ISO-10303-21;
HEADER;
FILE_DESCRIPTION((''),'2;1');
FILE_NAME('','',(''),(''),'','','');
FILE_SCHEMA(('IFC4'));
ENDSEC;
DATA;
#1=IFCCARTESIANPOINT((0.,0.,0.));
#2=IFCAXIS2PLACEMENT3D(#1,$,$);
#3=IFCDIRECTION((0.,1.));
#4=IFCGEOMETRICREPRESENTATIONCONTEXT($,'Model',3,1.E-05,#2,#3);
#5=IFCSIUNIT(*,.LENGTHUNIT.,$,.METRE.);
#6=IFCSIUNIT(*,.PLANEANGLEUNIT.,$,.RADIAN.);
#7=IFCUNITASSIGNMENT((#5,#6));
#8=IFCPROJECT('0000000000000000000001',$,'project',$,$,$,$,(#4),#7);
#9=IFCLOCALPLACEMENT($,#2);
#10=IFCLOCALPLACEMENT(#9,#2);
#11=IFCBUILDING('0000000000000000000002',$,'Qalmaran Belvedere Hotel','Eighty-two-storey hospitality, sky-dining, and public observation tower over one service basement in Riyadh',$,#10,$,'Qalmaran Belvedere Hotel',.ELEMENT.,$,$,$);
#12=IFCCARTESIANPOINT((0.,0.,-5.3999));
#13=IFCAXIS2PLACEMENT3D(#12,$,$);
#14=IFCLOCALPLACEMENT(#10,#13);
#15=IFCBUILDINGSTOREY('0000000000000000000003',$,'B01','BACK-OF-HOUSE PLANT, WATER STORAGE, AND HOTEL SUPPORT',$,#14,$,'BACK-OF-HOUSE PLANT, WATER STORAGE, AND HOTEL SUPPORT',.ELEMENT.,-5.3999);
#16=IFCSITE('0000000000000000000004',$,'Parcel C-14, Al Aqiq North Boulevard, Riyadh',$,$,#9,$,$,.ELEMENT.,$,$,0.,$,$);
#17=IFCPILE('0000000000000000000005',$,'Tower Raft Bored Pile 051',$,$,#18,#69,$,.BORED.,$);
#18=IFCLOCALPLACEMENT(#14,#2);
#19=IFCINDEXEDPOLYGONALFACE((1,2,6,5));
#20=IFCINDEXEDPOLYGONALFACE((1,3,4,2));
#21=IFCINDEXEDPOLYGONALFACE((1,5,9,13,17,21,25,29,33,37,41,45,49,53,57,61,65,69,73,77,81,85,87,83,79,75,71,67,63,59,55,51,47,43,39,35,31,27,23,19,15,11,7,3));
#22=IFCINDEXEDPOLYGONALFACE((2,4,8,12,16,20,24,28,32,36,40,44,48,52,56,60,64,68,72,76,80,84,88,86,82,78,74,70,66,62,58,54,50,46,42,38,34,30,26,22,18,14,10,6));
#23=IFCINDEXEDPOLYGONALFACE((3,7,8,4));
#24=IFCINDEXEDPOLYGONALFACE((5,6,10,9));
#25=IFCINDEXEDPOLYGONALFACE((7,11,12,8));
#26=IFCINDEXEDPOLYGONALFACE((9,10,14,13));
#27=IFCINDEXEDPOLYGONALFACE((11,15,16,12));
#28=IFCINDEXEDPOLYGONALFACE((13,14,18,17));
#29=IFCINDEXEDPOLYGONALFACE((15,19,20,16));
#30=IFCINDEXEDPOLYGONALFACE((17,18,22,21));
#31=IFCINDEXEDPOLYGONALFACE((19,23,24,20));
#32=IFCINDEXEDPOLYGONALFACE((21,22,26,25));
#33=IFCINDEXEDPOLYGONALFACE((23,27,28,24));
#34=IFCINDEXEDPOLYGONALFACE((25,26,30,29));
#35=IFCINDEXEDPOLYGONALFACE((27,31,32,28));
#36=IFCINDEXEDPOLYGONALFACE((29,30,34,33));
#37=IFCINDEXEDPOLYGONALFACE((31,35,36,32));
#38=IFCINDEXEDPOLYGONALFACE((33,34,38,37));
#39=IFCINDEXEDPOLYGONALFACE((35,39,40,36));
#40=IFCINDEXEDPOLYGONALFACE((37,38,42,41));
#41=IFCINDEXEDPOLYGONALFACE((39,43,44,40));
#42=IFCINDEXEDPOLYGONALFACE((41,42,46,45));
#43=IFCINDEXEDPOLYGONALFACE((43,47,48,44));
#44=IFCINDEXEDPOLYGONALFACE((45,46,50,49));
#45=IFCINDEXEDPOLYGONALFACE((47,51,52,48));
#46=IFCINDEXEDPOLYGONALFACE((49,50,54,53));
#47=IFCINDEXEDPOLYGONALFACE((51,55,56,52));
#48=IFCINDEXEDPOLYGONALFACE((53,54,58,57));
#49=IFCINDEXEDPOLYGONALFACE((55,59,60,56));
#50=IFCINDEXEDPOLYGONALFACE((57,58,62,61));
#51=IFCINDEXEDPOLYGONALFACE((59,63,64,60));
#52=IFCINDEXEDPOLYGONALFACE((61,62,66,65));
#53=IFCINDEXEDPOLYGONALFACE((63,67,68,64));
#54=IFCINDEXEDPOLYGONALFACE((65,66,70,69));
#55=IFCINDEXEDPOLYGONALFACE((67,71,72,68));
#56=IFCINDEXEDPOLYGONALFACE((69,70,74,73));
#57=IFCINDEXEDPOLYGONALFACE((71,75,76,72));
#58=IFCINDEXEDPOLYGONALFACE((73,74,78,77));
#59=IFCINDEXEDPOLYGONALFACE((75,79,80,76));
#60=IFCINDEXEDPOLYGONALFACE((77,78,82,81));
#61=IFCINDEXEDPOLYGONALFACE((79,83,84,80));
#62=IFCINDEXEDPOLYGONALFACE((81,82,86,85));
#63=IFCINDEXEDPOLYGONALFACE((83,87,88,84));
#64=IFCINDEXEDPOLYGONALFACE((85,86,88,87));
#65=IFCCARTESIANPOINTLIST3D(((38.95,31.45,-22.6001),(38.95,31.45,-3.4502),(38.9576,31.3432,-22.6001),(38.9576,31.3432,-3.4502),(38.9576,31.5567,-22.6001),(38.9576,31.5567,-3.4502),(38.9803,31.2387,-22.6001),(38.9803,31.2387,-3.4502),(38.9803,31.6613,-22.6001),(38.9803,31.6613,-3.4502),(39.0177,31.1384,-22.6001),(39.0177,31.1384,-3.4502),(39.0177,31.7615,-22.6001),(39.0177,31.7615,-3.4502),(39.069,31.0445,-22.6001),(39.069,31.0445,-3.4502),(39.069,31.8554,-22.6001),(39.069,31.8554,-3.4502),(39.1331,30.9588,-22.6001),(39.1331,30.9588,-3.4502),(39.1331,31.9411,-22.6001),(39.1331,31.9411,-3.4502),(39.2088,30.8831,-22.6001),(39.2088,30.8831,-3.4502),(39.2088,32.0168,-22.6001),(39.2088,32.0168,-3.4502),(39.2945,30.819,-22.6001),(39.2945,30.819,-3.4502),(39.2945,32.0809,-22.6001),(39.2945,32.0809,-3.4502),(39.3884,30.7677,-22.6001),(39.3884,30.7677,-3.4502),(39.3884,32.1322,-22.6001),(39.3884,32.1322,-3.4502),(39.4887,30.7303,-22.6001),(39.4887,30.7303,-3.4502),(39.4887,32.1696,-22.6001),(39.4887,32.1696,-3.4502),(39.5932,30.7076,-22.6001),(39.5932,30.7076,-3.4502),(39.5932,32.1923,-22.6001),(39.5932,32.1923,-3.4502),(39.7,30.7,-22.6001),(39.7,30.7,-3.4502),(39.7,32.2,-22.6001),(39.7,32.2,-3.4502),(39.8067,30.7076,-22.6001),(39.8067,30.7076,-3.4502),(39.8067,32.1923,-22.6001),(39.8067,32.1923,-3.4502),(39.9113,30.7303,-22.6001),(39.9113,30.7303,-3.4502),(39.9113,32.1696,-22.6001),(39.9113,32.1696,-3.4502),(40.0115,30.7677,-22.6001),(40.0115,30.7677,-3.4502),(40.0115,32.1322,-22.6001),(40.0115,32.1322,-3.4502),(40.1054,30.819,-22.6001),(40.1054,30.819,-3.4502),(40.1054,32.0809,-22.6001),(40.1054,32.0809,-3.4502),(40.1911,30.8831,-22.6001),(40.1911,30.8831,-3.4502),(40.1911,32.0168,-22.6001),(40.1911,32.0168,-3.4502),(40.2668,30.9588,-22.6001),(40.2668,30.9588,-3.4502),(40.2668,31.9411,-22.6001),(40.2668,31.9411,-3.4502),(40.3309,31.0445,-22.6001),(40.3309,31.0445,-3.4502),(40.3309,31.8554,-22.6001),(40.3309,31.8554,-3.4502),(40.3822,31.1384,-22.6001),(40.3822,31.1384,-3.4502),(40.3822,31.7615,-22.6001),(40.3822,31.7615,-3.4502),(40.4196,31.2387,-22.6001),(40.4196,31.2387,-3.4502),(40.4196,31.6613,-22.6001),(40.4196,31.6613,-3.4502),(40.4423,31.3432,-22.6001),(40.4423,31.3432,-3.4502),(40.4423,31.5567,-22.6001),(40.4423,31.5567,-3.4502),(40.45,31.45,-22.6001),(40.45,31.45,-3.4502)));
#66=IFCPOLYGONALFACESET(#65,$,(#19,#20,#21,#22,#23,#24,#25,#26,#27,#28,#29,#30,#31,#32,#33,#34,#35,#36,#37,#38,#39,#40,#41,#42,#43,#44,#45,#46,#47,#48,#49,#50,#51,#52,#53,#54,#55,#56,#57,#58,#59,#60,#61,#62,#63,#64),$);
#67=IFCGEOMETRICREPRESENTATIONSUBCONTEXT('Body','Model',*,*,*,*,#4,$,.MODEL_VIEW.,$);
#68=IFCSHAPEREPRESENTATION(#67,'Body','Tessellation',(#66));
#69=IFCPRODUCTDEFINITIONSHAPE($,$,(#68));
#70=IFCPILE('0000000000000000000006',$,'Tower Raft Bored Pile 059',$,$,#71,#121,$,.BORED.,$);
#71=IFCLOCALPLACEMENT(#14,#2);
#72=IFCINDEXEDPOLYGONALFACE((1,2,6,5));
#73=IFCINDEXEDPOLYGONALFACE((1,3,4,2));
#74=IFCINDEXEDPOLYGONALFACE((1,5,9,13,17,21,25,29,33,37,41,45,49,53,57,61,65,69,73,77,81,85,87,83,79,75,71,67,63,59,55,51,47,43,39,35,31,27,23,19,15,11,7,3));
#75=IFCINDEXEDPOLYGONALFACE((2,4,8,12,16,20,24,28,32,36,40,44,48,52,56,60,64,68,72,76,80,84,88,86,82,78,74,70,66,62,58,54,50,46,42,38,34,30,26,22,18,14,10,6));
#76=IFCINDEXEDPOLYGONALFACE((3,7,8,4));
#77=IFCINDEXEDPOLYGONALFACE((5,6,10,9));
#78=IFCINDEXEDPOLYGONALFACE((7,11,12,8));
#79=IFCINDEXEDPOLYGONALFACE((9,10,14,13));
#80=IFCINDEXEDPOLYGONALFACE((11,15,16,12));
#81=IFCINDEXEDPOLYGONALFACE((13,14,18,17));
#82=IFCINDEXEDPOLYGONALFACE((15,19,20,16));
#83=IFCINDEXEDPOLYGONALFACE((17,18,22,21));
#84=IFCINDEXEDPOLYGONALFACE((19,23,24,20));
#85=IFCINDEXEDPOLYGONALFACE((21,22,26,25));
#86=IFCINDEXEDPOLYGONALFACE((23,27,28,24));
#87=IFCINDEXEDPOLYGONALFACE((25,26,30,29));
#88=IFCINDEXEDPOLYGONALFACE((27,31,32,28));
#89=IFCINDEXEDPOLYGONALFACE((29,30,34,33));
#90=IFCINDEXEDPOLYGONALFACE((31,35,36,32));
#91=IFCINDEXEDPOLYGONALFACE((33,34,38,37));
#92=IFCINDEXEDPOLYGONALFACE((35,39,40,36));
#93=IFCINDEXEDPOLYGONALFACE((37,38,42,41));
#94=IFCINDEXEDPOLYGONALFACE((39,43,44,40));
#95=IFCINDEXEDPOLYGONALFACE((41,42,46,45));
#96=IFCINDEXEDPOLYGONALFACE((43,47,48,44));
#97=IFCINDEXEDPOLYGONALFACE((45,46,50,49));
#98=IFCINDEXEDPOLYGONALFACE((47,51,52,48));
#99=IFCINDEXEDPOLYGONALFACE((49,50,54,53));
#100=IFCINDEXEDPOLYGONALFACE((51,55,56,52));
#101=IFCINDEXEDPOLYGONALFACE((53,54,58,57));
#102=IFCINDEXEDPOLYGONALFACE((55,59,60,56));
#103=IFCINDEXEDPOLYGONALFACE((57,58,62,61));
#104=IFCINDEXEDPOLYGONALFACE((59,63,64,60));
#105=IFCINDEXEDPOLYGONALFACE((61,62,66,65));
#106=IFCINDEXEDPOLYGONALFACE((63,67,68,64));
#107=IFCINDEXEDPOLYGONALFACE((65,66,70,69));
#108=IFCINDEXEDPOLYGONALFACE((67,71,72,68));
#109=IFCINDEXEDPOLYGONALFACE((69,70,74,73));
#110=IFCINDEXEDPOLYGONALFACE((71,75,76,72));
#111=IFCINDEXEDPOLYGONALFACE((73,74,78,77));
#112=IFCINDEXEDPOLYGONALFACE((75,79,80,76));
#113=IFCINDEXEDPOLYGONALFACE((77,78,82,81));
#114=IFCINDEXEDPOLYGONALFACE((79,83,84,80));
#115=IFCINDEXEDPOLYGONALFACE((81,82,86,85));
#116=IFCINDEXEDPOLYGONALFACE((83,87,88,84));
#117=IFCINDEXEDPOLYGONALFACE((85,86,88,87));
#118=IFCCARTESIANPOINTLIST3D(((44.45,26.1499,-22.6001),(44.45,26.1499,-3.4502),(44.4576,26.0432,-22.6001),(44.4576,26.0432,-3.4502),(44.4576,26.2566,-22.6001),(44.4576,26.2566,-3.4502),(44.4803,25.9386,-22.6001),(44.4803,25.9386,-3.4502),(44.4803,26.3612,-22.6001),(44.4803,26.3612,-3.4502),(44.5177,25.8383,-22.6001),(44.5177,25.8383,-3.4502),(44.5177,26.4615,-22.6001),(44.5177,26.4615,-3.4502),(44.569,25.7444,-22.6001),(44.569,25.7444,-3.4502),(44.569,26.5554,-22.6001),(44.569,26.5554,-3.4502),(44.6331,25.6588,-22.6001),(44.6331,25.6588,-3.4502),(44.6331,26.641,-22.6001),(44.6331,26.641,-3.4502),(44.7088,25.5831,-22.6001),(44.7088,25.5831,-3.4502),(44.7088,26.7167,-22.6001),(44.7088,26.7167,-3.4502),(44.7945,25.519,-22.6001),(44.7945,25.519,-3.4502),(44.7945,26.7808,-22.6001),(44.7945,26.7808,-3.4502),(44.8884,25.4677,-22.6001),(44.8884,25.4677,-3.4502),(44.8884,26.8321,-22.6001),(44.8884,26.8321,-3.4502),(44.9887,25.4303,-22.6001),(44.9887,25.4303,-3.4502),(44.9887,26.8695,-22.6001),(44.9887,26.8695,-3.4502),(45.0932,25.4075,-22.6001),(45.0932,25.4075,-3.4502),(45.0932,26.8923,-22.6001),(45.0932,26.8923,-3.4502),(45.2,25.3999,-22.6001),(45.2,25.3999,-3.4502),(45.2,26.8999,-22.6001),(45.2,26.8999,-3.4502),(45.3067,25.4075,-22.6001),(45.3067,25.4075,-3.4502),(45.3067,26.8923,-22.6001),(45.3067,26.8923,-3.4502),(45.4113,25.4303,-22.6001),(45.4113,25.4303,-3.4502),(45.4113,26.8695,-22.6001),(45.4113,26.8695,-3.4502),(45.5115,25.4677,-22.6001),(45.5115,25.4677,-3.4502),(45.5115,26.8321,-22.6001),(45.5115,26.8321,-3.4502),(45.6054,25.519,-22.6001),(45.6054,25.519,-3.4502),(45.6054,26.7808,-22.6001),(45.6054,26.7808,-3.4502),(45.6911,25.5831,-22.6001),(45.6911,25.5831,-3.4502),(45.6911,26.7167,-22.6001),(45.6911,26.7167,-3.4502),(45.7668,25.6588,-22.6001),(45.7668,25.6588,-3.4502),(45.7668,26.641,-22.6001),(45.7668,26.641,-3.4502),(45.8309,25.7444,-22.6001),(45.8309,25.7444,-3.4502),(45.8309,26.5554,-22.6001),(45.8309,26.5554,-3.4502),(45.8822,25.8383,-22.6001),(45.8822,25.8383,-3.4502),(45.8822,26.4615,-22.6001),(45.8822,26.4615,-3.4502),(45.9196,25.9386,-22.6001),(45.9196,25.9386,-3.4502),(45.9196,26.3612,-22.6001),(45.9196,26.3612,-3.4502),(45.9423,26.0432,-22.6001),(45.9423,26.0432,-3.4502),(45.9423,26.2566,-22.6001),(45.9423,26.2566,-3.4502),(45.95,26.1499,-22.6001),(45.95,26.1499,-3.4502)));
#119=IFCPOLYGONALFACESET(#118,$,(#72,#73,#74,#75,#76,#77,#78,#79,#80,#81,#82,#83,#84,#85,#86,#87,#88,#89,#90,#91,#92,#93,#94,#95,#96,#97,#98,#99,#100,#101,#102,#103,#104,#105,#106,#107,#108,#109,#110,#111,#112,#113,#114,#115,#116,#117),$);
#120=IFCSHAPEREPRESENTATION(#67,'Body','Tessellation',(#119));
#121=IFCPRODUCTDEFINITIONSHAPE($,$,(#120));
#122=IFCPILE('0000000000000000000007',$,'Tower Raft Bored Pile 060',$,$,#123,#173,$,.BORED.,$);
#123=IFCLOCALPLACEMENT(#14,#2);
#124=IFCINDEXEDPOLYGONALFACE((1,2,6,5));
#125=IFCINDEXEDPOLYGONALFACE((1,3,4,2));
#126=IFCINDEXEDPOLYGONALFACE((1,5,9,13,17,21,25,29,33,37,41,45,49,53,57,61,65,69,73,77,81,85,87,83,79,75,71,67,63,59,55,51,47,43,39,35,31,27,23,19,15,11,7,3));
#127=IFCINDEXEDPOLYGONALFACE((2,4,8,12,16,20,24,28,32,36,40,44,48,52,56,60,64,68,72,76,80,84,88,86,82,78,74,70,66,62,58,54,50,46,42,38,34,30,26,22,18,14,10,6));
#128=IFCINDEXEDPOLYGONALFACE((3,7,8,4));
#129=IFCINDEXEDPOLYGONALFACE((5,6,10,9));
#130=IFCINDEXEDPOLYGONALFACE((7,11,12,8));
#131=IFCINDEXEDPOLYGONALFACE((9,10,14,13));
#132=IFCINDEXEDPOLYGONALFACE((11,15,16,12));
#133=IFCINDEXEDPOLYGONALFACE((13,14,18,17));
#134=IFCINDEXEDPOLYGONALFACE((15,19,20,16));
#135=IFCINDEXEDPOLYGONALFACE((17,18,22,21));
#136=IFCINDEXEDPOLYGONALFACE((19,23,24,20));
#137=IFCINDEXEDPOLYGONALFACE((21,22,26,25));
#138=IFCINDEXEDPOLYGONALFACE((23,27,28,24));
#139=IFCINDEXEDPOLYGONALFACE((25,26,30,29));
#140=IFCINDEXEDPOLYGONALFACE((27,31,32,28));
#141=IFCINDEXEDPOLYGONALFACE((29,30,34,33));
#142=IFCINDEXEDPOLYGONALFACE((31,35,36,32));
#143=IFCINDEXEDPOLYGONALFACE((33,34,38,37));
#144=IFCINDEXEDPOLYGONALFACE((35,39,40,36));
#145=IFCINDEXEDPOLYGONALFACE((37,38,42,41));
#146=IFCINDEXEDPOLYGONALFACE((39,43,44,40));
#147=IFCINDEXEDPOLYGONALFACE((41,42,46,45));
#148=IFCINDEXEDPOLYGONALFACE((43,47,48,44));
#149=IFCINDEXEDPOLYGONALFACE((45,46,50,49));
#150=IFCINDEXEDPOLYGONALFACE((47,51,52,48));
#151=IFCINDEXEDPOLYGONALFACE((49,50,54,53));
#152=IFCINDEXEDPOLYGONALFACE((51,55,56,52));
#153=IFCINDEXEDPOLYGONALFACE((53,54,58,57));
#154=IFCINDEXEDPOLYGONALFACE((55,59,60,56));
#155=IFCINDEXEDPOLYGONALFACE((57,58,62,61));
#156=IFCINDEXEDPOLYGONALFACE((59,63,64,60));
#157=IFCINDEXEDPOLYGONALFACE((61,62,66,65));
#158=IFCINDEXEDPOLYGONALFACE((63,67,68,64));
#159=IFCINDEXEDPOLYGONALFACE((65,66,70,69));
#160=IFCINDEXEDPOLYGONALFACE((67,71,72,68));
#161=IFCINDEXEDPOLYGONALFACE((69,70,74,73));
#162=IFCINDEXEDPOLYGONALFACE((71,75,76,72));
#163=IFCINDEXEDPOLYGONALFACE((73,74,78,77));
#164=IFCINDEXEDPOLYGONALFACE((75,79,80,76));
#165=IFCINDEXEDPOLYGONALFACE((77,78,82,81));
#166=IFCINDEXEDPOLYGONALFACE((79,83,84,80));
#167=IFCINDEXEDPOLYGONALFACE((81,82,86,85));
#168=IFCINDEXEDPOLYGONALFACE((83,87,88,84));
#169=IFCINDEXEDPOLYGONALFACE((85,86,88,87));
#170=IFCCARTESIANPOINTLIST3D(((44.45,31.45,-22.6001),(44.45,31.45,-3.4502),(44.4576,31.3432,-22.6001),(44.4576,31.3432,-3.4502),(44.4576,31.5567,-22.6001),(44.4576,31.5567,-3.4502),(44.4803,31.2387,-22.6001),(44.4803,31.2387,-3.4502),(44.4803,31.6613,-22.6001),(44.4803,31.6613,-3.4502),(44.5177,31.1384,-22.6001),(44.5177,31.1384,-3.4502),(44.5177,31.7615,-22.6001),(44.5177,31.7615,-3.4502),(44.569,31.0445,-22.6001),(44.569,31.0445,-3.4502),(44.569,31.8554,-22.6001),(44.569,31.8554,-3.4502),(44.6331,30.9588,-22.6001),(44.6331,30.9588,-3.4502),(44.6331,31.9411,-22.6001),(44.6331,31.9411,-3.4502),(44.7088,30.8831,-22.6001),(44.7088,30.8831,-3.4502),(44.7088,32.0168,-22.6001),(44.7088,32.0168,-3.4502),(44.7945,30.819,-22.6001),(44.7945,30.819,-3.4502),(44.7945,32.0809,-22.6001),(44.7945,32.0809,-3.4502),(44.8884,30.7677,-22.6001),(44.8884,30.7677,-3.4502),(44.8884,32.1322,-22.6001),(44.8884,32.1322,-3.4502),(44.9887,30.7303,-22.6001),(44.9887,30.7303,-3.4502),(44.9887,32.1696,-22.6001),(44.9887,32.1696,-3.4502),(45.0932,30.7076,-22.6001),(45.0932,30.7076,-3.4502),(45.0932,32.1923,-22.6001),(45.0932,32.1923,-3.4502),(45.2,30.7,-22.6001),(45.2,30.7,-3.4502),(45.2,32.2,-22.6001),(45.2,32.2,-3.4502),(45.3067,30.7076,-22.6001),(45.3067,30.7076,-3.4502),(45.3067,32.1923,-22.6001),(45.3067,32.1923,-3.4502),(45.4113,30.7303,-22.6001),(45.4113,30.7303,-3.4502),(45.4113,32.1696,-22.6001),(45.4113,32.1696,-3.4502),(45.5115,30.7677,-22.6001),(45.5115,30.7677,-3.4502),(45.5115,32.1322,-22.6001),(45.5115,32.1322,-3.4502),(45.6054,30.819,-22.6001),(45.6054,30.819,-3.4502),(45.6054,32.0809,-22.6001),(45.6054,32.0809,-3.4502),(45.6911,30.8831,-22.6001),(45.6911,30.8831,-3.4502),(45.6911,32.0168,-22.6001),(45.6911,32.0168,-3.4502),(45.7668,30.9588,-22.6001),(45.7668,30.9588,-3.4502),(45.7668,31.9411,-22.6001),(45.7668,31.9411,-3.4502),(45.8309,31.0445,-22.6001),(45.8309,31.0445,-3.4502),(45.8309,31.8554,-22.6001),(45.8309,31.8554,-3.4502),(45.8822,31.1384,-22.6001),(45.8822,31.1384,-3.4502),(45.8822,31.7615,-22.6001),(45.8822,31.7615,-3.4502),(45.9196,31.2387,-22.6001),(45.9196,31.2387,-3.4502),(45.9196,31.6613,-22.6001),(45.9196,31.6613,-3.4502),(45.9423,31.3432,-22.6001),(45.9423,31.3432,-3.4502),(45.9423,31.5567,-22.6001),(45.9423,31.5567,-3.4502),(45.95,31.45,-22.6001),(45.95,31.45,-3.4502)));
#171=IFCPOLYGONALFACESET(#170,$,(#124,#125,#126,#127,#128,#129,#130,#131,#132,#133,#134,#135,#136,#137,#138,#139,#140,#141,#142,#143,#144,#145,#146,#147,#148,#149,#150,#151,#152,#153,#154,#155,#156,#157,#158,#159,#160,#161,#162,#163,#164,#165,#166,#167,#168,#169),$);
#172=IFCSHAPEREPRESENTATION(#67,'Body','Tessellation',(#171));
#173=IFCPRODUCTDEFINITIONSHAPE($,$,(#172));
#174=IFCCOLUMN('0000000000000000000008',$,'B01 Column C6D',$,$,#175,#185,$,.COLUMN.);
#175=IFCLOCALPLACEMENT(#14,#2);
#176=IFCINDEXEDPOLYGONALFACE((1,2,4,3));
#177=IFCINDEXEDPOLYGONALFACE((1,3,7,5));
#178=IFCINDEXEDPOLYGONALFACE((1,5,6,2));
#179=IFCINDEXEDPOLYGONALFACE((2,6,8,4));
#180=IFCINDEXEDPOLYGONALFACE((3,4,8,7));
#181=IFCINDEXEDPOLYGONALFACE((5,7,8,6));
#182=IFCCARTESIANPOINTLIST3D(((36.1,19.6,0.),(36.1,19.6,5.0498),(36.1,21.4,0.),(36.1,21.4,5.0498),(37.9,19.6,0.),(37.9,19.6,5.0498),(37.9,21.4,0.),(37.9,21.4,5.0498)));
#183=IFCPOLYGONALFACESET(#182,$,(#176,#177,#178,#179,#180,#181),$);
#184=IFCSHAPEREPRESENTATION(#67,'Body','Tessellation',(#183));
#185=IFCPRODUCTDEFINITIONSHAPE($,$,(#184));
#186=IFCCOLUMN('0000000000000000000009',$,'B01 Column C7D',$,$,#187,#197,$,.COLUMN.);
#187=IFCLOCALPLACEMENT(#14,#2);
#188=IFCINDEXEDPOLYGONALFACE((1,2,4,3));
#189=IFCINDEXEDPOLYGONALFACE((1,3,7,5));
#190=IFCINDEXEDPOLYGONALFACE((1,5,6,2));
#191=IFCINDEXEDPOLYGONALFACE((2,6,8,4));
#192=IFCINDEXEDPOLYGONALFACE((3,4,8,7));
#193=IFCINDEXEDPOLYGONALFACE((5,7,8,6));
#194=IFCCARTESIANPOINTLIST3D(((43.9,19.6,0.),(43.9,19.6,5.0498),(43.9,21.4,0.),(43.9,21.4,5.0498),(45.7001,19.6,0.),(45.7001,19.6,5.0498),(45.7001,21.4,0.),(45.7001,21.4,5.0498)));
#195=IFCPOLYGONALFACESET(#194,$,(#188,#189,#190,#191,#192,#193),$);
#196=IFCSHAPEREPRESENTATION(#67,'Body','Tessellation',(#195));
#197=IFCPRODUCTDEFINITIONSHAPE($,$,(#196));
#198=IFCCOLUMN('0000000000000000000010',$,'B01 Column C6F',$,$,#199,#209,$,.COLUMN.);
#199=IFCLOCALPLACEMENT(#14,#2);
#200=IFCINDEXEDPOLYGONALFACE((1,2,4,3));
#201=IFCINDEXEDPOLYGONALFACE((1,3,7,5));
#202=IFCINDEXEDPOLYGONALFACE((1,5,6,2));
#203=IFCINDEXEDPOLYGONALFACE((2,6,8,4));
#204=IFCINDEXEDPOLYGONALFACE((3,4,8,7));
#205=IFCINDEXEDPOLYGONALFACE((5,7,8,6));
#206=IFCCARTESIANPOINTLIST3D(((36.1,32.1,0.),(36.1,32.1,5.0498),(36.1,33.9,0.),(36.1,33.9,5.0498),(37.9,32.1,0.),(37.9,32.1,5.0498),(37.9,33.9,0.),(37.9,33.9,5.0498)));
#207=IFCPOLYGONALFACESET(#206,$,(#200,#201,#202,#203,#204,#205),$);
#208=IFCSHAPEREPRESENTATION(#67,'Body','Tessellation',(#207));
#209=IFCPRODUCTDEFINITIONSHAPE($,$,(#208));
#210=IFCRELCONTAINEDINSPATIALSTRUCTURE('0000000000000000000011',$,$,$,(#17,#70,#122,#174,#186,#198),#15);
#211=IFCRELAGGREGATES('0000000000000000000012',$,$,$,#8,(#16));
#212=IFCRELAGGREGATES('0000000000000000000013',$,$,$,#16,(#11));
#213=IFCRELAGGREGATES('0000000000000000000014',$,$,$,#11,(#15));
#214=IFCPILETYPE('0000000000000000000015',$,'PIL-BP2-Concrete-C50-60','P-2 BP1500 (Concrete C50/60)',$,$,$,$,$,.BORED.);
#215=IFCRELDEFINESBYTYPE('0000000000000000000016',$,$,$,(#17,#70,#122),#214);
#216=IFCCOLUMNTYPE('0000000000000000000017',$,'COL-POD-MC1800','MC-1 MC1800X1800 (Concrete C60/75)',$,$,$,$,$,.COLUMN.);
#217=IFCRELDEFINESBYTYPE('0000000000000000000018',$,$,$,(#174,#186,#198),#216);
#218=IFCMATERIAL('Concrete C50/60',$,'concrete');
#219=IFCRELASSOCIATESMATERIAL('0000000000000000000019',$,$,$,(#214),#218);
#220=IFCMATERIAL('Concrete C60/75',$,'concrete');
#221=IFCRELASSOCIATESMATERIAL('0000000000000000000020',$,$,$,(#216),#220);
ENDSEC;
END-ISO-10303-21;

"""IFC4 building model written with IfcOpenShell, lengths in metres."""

from ifc_helpers import new_model, si_unit, direction, frame, origin, origin_2d, place, context, subcontext, project, spatial, rectangle, circle, extrude, material, material_profile, profile_set, type_object, element, save


model = new_model("IFC4")

# Units and contexts
model_context = context("Model", 3, precision=1e-05, world=origin(), true_north=direction((0.0, 1.0)))
body_context = subcontext(model_context, "Body", "Model", "MODEL_VIEW")
ifc_project = project(units=[si_unit("LENGTHUNIT", "METRE"), si_unit("PLANEANGLEUNIT", "RADIAN")], contexts=[model_context])

# Site, building, storey
site_placement = place(None, origin())
site = spatial("IfcSite", under=ifc_project, at=site_placement, Name="Parcel C-14, Al Aqiq North Boulevard, Riyadh", CompositionType="ELEMENT", RefElevation=0.0)
building_placement = place(site_placement, origin())
building = spatial("IfcBuilding", under=site, at=building_placement, Name="Qalmaran Belvedere Hotel", Description="Eighty-two-storey hospitality, sky-dining, and public observation tower over one service basement in Riyadh", LongName="Qalmaran Belvedere Hotel", CompositionType="ELEMENT")
storey_placement = place(building_placement, frame((0.0, 0.0, -5.3999)))
storey = spatial("IfcBuildingStorey", under=building, at=storey_placement, Name="B01", Description="BACK-OF-HOUSE PLANT, WATER STORAGE, AND HOTEL SUPPORT", LongName="BACK-OF-HOUSE PLANT, WATER STORAGE, AND HOTEL SUPPORT", CompositionType="ELEMENT", Elevation=-5.3999)

# Piles
ifc_material_1 = material(Name="Concrete C50/60", Category="concrete")
ifc_material_profile_1 = material_profile(ifc_material_1, circle(Radius=0.75, at=origin_2d()), Name="BP1500")
ifc_profile_set_1 = profile_set([ifc_material_profile_1], Name="Concrete C50/60")
pile_type_1 = type_object("IfcPileType", Name="PIL-BP2-Concrete-C50-60", Description="P-2 BP1500 (Concrete C50/60)", PredefinedType="BORED", material=ifc_profile_set_1)
for number, where, z_axis, x_axis, name in (
    (1, (39.7, 31.45, -3.4502), (0.0, 0.0, -1.0), (1.0, 0.0, 0.0), "Tower Raft Bored Pile 051"),
    (2, (45.2, 26.1499, -3.4502), (0.0, 0.0, -1.0), (1.0, 0.0, 0.0), "Tower Raft Bored Pile 059"),
    (3, (45.2, 31.45, -3.4502), (0.0, 0.0, -1.0), (1.0, 0.0, 0.0), "Tower Raft Bored Pile 060"),
):
    element("IfcPile", number, at=place(storey_placement, frame(where, z_axis=z_axis, x_axis=x_axis)), inside=storey, type_object=pile_type_1, Name=name, PredefinedType="BORED", context=body_context, shape_type="SweptSolid", body=[
        extrude(circle(Radius=0.75, at=origin_2d()), origin(), (0.0, 0.0, 1.0), 19.1499),
    ])

# Columns
ifc_material_2 = material(Name="Concrete C60/75", Category="concrete")
ifc_material_profile_2 = material_profile(ifc_material_2, rectangle(XDim=1.8, YDim=1.8, at=origin_2d()), Name="MC1800X1800")
ifc_profile_set_2 = profile_set([ifc_material_profile_2], Name="Concrete C60/75")
column_type = type_object("IfcColumnType", Name="COL-POD-MC1800", Description="MC-1 MC1800X1800 (Concrete C60/75)", PredefinedType="COLUMN", material=ifc_profile_set_2)
for number, where, z_axis, x_axis, name in (
    (4, (37.0, 20.5, 0.0), (0.0, 0.0, 1.0), (1.0, 0.0, 0.0), "B01 Column C6D"),
    (5, (44.8, 20.5, 0.0), (0.0, 0.0, 1.0), (1.0, 0.0, 0.0), "B01 Column C7D"),
    (6, (37.0, 33.0, 0.0), (0.0, 0.0, 1.0), (1.0, 0.0, 0.0), "B01 Column C6F"),
):
    element("IfcColumn", number, at=place(storey_placement, frame(where, z_axis=z_axis, x_axis=x_axis)), inside=storey, type_object=column_type, Name=name, PredefinedType="COLUMN", context=body_context, shape_type="SweptSolid", body=[
        extrude(rectangle(XDim=1.8, YDim=1.8, at=origin_2d()), origin(), (0.0, 0.0, 1.0), 5.0498),
    ])

save(model, "model.ifc")
